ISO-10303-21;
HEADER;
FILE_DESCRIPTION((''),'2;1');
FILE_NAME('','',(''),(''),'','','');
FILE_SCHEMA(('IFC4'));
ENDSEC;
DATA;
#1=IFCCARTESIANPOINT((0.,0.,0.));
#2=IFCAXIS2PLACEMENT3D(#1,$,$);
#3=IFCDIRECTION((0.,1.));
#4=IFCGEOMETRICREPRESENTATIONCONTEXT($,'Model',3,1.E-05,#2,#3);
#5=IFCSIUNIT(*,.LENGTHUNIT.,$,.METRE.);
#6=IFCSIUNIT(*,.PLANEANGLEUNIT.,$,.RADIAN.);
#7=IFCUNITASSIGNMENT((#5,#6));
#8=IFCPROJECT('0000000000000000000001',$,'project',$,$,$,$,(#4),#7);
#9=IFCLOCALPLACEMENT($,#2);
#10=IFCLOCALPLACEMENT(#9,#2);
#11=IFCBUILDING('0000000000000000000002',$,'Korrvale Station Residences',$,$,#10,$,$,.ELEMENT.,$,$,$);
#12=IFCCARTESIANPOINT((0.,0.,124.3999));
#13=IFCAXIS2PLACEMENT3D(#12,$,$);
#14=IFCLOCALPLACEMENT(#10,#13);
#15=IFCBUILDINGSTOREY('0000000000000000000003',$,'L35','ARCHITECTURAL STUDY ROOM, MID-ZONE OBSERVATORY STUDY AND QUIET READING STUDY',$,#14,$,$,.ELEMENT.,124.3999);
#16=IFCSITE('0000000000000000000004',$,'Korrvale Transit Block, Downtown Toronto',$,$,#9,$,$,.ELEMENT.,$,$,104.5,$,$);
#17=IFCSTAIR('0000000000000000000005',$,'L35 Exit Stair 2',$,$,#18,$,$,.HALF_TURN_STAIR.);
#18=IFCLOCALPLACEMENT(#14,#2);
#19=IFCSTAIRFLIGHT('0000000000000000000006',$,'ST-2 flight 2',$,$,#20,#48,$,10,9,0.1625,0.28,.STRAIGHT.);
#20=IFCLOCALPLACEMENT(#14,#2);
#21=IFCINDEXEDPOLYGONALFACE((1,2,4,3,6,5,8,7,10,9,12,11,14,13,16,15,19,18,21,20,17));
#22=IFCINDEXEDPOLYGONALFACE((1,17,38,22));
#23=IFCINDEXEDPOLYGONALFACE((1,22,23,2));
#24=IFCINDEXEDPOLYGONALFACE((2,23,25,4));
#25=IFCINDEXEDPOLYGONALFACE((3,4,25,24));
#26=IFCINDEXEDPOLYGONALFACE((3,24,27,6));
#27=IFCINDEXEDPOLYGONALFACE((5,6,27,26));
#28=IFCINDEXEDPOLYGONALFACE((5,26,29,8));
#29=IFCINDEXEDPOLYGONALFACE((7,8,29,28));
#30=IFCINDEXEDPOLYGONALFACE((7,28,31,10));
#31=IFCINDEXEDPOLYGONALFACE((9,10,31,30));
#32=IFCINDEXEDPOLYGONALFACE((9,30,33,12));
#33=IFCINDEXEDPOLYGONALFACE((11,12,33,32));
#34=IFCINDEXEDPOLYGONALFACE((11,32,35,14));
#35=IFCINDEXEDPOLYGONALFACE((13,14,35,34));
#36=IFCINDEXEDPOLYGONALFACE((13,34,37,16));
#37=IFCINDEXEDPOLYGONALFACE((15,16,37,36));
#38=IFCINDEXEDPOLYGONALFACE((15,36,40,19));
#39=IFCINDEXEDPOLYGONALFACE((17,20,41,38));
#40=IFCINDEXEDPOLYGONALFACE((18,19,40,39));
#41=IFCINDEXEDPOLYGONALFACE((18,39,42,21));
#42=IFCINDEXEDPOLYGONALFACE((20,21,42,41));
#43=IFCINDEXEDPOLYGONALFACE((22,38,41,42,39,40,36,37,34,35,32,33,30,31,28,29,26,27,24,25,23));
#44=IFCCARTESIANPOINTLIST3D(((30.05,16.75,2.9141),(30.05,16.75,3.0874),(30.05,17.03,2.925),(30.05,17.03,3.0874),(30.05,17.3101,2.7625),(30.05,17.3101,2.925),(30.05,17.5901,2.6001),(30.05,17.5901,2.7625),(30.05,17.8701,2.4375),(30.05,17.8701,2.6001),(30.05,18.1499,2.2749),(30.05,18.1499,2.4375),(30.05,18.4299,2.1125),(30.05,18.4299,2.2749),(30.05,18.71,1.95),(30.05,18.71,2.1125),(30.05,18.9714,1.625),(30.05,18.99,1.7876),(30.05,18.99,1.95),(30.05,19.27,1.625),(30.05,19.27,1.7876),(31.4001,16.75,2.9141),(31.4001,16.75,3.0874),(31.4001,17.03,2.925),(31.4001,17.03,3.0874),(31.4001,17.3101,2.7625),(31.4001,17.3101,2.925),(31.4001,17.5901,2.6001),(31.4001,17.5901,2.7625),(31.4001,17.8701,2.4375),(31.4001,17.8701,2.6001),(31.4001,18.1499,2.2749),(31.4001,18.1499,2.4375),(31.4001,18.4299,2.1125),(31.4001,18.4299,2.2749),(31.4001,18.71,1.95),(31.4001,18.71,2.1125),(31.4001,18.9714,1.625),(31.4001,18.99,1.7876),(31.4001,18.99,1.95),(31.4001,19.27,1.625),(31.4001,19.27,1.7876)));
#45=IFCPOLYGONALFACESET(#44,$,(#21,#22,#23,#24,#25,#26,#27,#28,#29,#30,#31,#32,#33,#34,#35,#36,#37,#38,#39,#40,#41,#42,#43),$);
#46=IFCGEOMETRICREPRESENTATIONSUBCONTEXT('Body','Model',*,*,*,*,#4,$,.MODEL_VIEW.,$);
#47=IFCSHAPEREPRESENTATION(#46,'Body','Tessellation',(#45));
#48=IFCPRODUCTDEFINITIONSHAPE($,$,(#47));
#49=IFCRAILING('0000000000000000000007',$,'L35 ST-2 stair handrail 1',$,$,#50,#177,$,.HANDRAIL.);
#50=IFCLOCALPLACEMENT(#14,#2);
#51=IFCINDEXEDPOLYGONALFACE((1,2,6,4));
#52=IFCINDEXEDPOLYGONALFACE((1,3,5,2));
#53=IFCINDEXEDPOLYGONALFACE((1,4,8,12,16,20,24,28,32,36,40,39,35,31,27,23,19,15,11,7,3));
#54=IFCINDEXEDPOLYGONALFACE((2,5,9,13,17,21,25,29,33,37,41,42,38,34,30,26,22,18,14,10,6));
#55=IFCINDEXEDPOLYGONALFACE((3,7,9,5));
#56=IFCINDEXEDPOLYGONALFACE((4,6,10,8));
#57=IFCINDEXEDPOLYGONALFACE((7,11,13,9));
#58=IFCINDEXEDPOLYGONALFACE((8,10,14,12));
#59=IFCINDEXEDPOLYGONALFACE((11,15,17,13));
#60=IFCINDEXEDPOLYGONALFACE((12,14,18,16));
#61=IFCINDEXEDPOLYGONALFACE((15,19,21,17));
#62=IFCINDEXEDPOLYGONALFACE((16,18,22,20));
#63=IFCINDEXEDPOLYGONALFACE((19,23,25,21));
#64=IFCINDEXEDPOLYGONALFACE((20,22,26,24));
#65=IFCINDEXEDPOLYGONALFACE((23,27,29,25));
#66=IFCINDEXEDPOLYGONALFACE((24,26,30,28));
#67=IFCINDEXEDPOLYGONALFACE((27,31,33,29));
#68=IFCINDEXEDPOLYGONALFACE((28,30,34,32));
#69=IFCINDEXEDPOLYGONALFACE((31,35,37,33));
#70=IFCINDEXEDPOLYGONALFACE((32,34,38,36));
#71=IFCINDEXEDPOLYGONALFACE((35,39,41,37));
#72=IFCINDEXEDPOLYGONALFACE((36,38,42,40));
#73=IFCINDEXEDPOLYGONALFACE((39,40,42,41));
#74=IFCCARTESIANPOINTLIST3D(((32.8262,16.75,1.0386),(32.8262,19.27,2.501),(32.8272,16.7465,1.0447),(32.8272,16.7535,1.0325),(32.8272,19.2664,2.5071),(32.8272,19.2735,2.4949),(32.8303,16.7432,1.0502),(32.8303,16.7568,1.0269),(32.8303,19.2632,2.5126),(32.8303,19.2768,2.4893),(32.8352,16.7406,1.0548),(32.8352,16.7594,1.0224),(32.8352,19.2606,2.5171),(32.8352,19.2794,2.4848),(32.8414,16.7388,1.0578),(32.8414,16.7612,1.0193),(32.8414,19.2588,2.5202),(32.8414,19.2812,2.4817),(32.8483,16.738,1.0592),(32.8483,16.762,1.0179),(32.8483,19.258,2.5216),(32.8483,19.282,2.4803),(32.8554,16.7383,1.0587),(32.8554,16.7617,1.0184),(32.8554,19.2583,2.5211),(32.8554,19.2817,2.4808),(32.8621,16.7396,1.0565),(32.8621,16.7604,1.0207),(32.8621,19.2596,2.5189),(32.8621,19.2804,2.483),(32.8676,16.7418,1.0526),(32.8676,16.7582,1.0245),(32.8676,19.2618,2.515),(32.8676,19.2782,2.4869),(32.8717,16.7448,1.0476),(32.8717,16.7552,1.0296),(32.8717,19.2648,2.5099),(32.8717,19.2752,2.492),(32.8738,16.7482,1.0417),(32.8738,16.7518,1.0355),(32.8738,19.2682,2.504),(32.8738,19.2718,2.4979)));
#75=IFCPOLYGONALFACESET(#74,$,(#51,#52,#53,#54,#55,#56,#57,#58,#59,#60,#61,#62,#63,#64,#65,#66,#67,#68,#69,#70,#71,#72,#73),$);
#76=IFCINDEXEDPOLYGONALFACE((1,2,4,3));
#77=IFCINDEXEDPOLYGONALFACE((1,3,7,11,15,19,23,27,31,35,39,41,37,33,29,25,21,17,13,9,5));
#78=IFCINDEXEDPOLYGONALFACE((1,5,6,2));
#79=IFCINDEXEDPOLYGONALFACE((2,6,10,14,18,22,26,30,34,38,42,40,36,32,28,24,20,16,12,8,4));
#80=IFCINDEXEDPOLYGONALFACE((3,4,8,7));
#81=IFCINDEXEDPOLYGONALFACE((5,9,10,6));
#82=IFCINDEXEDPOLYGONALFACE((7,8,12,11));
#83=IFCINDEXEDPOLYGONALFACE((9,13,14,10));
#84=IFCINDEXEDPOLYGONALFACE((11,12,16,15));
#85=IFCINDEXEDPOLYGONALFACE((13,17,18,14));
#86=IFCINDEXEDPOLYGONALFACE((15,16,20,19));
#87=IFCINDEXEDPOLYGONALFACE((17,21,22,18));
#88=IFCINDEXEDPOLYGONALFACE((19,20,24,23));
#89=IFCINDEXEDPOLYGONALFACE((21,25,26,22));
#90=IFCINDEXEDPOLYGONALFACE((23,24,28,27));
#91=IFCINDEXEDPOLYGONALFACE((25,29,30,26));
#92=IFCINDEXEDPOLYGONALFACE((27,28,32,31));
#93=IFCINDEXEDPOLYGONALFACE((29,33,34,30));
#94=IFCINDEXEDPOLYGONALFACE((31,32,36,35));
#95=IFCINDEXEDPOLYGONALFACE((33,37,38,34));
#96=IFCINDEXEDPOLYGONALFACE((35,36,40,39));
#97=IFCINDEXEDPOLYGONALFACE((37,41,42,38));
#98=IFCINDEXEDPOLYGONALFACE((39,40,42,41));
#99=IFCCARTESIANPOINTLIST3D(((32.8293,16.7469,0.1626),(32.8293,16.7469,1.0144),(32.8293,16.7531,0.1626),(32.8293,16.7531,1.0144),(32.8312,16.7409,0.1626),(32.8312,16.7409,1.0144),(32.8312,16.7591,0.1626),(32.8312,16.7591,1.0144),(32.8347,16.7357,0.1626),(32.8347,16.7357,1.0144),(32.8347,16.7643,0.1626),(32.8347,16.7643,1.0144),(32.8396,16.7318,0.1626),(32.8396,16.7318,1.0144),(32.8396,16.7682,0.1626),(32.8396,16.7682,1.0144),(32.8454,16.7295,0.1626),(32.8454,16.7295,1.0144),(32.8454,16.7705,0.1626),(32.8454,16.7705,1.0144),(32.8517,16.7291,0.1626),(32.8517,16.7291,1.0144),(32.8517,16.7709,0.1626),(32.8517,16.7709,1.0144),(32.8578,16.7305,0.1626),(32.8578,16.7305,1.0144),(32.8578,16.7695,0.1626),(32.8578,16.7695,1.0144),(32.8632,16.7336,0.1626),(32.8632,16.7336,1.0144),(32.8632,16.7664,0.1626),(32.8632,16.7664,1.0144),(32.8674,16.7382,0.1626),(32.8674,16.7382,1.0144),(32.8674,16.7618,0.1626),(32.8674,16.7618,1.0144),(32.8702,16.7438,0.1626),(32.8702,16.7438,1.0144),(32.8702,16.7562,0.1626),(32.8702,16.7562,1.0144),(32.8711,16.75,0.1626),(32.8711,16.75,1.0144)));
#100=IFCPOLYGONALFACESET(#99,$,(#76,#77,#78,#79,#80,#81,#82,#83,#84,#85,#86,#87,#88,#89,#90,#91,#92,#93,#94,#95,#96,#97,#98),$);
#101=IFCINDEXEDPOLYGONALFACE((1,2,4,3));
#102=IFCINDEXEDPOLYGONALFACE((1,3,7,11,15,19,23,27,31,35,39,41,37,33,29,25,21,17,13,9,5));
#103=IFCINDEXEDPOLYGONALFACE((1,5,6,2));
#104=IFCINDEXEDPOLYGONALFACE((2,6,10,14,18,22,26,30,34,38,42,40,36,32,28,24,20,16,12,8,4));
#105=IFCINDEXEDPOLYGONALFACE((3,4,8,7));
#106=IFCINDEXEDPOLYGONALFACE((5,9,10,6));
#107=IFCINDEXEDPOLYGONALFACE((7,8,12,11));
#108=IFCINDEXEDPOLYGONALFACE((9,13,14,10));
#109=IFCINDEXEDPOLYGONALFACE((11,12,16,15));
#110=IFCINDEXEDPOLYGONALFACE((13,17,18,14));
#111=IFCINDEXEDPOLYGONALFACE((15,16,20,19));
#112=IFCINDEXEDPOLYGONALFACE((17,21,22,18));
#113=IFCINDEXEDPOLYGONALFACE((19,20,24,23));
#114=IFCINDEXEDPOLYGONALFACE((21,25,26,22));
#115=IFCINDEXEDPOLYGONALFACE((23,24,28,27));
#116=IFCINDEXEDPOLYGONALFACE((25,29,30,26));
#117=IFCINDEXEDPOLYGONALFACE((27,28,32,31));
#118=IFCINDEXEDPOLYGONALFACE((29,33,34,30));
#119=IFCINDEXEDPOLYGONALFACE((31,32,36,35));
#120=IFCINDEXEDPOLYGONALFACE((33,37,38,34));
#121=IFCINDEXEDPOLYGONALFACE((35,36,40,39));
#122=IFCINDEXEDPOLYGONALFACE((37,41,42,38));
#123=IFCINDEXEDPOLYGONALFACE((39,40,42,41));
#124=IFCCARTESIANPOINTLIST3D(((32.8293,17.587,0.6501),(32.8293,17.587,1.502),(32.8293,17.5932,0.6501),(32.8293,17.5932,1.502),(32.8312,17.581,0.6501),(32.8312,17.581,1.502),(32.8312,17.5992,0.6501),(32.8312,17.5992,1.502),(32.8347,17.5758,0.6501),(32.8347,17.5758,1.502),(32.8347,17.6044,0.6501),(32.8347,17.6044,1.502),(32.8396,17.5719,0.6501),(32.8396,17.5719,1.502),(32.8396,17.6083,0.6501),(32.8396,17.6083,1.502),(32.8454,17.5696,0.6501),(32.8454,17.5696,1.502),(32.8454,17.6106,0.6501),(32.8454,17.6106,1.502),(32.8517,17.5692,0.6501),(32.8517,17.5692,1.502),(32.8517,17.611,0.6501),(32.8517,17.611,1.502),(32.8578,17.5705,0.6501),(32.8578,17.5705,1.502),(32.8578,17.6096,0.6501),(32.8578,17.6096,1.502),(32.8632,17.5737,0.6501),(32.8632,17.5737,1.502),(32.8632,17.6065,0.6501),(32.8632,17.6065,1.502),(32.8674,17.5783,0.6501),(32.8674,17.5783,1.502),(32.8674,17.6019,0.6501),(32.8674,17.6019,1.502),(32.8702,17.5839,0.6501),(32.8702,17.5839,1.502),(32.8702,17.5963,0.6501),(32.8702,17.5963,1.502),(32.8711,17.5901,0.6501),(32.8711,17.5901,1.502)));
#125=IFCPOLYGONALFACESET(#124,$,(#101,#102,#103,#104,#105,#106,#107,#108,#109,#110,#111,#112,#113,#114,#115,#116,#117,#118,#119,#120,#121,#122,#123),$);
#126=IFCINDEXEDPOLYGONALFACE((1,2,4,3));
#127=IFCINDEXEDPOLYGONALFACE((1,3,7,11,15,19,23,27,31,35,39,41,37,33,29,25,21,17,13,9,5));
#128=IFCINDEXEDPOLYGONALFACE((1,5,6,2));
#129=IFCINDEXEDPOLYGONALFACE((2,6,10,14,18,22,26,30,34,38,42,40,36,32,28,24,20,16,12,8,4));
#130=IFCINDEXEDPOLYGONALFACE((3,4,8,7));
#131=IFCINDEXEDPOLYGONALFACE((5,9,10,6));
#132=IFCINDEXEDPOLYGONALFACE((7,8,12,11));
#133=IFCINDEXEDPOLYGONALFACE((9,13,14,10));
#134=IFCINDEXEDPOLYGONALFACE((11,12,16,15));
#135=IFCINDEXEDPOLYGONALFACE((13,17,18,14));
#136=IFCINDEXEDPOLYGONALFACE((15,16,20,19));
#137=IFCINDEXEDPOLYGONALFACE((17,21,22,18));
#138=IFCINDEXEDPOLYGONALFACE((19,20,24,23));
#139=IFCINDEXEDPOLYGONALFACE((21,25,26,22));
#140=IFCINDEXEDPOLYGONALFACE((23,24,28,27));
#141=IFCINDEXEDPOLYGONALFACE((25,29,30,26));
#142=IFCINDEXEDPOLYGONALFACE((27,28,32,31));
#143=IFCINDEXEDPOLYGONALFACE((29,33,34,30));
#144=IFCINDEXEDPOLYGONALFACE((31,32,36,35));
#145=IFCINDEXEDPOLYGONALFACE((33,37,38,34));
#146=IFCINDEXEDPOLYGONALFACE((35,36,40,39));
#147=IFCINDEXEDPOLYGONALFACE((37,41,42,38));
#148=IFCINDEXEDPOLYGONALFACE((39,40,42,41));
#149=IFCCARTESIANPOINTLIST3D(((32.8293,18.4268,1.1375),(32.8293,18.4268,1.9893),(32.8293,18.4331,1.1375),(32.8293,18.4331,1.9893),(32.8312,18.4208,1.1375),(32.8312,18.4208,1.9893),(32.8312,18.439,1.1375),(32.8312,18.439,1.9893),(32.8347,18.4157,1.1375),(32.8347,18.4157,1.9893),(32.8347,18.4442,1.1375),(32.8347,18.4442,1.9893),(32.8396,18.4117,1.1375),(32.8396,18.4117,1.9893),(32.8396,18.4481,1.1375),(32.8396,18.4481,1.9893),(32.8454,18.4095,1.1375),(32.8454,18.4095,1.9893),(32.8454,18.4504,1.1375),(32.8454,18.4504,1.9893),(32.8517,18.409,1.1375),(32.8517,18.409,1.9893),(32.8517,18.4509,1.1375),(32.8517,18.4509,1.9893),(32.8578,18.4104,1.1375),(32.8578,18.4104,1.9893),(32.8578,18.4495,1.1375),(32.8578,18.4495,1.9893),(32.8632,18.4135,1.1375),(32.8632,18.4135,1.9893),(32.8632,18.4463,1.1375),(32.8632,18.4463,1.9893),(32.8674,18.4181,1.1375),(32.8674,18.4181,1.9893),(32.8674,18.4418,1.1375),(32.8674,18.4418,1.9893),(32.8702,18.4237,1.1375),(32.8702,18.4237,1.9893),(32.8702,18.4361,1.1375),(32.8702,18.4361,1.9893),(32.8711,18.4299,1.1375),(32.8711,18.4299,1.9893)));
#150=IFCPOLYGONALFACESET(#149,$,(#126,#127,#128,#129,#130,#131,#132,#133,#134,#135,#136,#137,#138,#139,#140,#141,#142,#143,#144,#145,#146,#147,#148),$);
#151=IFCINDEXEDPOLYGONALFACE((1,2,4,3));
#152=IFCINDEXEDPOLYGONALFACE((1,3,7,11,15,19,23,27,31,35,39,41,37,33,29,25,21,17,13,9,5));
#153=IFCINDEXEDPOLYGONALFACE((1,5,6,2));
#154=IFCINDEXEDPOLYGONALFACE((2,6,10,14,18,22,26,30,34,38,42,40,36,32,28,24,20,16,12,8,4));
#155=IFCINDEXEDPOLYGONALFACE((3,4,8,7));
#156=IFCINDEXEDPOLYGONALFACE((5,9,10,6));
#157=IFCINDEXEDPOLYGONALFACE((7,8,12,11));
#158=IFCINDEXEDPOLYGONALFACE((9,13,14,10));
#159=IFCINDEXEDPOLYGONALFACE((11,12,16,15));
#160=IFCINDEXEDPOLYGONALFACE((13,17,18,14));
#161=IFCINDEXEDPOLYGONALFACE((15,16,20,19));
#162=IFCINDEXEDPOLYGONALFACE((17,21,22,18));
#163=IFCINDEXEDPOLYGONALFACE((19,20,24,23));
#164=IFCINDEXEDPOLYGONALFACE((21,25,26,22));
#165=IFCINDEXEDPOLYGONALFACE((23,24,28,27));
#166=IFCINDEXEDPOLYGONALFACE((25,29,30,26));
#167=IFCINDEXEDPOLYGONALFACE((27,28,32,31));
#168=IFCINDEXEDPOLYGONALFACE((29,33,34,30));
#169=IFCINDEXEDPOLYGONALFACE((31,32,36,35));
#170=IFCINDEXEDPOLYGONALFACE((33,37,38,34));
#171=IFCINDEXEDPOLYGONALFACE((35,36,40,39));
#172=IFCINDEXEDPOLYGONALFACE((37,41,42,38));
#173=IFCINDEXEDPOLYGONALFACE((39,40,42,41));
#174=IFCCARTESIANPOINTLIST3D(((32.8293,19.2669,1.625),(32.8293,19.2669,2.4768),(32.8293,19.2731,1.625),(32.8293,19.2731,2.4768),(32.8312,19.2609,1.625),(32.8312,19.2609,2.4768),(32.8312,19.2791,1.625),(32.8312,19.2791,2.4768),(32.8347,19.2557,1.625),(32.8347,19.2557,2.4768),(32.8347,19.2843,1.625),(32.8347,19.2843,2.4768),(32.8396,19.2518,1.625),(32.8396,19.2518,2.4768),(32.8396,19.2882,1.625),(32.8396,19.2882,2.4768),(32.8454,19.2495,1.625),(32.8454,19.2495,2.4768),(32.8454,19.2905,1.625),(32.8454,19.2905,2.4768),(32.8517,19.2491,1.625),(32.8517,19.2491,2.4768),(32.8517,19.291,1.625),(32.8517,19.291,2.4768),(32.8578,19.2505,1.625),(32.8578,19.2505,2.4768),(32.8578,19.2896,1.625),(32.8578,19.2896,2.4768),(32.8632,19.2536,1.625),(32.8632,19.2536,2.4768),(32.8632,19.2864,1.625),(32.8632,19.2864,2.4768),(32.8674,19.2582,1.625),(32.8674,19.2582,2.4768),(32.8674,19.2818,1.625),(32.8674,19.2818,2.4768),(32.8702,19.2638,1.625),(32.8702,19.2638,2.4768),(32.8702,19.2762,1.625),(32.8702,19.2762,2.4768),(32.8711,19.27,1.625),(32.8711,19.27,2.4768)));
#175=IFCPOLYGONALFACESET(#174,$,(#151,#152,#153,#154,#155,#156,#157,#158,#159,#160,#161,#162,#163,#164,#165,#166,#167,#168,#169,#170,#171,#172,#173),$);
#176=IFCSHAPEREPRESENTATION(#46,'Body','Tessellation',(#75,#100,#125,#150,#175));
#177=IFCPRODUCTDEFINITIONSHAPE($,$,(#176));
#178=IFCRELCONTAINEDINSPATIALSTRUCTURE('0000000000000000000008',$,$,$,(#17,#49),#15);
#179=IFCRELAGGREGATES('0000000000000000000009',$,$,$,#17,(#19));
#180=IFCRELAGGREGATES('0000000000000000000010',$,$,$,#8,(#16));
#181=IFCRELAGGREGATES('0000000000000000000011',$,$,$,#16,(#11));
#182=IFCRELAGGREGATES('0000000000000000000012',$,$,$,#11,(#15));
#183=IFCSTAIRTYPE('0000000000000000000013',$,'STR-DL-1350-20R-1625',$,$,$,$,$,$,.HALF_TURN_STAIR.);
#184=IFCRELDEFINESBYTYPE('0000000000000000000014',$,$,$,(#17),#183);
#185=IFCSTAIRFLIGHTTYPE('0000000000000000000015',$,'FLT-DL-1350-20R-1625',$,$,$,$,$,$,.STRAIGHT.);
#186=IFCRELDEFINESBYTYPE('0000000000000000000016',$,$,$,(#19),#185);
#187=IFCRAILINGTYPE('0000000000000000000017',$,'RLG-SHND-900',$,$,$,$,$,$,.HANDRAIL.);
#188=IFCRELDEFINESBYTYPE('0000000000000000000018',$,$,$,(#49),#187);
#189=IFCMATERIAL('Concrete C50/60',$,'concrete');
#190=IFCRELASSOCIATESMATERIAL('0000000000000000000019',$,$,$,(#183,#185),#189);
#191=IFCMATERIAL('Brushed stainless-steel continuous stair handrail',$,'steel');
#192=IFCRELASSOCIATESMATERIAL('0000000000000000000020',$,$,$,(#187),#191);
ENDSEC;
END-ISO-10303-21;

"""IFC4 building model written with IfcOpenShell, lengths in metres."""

from ifc_helpers import new_model, si_unit, direction, frame, origin, origin_2d, place, context, subcontext, project, spatial, polyline, circle, outline, extrude, material, type_object, element, aggregate, save


model = new_model("IFC4")

# Units and contexts
model_context = context("Model", 3, precision=1e-05, world=origin(), true_north=direction((0.0, 1.0)))
body_context = subcontext(model_context, "Body", "Model", "MODEL_VIEW")
ifc_project = project(units=[si_unit("LENGTHUNIT", "METRE"), si_unit("PLANEANGLEUNIT", "RADIAN")], contexts=[model_context])

# Site, building, storey
site_placement = place(None, origin())
site = spatial("IfcSite", under=ifc_project, at=site_placement, Name="Korrvale Transit Block, Downtown Toronto", CompositionType="ELEMENT", RefElevation=104.5)
building_placement = place(site_placement, origin())
building = spatial("IfcBuilding", under=site, at=building_placement, Name="Korrvale Station Residences", CompositionType="ELEMENT")
storey_placement = place(building_placement, frame((0.0, 0.0, 124.3999)))
storey = spatial("IfcBuildingStorey", under=building, at=storey_placement, Name="L35", Description="ARCHITECTURAL STUDY ROOM, MID-ZONE OBSERVATORY STUDY AND QUIET READING STUDY", CompositionType="ELEMENT", Elevation=124.3999)

# Stair, stair flight
ifc_material_1 = material(Name="Concrete C50/60", Category="concrete")
stair_type = type_object("IfcStairType", Name="STR-DL-1350-20R-1625", PredefinedType="HALF_TURN_STAIR", material=ifc_material_1)
stair_placement = place(storey_placement, origin())
stair = element("IfcStair", 1, at=stair_placement, inside=storey, type_object=stair_type, Name="L35 Exit Stair 2", PredefinedType="HALF_TURN_STAIR")
stair_flight_type = type_object("IfcStairFlightType", Name="FLT-DL-1350-20R-1625", PredefinedType="STRAIGHT", material=ifc_material_1)
stair_flight_1_placement = place(storey_placement, frame((30.7251, 19.27, 1.625), z_axis=(0.0, 0.0, 1.0), x_axis=(0.0, -1.0, 0.0)))
stair_flight_1 = element("IfcStairFlight", 2, at=stair_flight_1_placement, type_object=stair_flight_type, Name="ST-2 flight 2", NumberOfRisers=10, NumberOfTreads=9, PredefinedType="STRAIGHT", RiserHeight=0.1625, TreadLength=0.28, context=body_context, shape_type="SweptSolid", body=[
    extrude(outline(polyline([(0.0, 0.0), (0.0, 0.1626), (0.28, 0.1626), (0.28, 0.325), (0.5601, 0.325), (0.5601, 0.4875), (0.8401, 0.4875), (0.8401, 0.6499), (1.1201, 0.6499), (1.1201, 0.8125), (1.3999, 0.8125), (1.3999, 0.9751), (1.6799, 0.9751), (1.6799, 1.1375), (1.96, 1.1375), (1.96, 1.3), (2.24, 1.3), (2.24, 1.4624), (2.52, 1.4624), (2.52, 1.625), (2.52, 1.2891), (0.2986, 0.0), (0.0, 0.0)])), frame((0.0, 0.675, 0.0), z_axis=(0.0, -1.0, 0.0), x_axis=(1.0, 0.0, 0.0)), (0.0, 0.0, 1.0), 1.3501),
])
aggregate(stair, [stair_flight_1])

# Railing
ifc_material_2 = material(Name="Brushed stainless-steel continuous stair handrail", Category="steel")
railing_type_1 = type_object("IfcRailingType", Name="RLG-SHND-900", PredefinedType="HANDRAIL", material=ifc_material_2)
railing_1_placement = place(storey_placement, frame((32.8501, 16.75, 0.1626)))
element("IfcRailing", 3, at=railing_1_placement, inside=storey, type_object=railing_type_1, Name="L35 ST-2 stair handrail 1", PredefinedType="HANDRAIL", context=body_context, shape_type="SweptSolid", body=[
    extrude(circle(Radius=0.0239, at=origin_2d()), frame((0.0, 0.0, 0.876), z_axis=(0.0, 0.864913, 0.501921), x_axis=(-1.0, 0.0, 0.0)), (0.0, 0.0, 1.0), 2.9136),
    extrude(circle(Radius=0.021, at=origin_2d()), origin(), (0.0, 0.0, 1.0), 0.8518),
    extrude(circle(Radius=0.021, at=origin_2d()), frame((0.0, 0.8401, 0.4875)), (0.0, 0.0, 1.0), 0.8518),
    extrude(circle(Radius=0.021, at=origin_2d()), frame((0.0, 1.6799, 0.9749)), (0.0, 0.0, 1.0), 0.8518),
    extrude(circle(Radius=0.021, at=origin_2d()), frame((0.0, 2.52, 1.4624)), (0.0, 0.0, 1.0), 0.8518),
])

save(model, "model.ifc")
